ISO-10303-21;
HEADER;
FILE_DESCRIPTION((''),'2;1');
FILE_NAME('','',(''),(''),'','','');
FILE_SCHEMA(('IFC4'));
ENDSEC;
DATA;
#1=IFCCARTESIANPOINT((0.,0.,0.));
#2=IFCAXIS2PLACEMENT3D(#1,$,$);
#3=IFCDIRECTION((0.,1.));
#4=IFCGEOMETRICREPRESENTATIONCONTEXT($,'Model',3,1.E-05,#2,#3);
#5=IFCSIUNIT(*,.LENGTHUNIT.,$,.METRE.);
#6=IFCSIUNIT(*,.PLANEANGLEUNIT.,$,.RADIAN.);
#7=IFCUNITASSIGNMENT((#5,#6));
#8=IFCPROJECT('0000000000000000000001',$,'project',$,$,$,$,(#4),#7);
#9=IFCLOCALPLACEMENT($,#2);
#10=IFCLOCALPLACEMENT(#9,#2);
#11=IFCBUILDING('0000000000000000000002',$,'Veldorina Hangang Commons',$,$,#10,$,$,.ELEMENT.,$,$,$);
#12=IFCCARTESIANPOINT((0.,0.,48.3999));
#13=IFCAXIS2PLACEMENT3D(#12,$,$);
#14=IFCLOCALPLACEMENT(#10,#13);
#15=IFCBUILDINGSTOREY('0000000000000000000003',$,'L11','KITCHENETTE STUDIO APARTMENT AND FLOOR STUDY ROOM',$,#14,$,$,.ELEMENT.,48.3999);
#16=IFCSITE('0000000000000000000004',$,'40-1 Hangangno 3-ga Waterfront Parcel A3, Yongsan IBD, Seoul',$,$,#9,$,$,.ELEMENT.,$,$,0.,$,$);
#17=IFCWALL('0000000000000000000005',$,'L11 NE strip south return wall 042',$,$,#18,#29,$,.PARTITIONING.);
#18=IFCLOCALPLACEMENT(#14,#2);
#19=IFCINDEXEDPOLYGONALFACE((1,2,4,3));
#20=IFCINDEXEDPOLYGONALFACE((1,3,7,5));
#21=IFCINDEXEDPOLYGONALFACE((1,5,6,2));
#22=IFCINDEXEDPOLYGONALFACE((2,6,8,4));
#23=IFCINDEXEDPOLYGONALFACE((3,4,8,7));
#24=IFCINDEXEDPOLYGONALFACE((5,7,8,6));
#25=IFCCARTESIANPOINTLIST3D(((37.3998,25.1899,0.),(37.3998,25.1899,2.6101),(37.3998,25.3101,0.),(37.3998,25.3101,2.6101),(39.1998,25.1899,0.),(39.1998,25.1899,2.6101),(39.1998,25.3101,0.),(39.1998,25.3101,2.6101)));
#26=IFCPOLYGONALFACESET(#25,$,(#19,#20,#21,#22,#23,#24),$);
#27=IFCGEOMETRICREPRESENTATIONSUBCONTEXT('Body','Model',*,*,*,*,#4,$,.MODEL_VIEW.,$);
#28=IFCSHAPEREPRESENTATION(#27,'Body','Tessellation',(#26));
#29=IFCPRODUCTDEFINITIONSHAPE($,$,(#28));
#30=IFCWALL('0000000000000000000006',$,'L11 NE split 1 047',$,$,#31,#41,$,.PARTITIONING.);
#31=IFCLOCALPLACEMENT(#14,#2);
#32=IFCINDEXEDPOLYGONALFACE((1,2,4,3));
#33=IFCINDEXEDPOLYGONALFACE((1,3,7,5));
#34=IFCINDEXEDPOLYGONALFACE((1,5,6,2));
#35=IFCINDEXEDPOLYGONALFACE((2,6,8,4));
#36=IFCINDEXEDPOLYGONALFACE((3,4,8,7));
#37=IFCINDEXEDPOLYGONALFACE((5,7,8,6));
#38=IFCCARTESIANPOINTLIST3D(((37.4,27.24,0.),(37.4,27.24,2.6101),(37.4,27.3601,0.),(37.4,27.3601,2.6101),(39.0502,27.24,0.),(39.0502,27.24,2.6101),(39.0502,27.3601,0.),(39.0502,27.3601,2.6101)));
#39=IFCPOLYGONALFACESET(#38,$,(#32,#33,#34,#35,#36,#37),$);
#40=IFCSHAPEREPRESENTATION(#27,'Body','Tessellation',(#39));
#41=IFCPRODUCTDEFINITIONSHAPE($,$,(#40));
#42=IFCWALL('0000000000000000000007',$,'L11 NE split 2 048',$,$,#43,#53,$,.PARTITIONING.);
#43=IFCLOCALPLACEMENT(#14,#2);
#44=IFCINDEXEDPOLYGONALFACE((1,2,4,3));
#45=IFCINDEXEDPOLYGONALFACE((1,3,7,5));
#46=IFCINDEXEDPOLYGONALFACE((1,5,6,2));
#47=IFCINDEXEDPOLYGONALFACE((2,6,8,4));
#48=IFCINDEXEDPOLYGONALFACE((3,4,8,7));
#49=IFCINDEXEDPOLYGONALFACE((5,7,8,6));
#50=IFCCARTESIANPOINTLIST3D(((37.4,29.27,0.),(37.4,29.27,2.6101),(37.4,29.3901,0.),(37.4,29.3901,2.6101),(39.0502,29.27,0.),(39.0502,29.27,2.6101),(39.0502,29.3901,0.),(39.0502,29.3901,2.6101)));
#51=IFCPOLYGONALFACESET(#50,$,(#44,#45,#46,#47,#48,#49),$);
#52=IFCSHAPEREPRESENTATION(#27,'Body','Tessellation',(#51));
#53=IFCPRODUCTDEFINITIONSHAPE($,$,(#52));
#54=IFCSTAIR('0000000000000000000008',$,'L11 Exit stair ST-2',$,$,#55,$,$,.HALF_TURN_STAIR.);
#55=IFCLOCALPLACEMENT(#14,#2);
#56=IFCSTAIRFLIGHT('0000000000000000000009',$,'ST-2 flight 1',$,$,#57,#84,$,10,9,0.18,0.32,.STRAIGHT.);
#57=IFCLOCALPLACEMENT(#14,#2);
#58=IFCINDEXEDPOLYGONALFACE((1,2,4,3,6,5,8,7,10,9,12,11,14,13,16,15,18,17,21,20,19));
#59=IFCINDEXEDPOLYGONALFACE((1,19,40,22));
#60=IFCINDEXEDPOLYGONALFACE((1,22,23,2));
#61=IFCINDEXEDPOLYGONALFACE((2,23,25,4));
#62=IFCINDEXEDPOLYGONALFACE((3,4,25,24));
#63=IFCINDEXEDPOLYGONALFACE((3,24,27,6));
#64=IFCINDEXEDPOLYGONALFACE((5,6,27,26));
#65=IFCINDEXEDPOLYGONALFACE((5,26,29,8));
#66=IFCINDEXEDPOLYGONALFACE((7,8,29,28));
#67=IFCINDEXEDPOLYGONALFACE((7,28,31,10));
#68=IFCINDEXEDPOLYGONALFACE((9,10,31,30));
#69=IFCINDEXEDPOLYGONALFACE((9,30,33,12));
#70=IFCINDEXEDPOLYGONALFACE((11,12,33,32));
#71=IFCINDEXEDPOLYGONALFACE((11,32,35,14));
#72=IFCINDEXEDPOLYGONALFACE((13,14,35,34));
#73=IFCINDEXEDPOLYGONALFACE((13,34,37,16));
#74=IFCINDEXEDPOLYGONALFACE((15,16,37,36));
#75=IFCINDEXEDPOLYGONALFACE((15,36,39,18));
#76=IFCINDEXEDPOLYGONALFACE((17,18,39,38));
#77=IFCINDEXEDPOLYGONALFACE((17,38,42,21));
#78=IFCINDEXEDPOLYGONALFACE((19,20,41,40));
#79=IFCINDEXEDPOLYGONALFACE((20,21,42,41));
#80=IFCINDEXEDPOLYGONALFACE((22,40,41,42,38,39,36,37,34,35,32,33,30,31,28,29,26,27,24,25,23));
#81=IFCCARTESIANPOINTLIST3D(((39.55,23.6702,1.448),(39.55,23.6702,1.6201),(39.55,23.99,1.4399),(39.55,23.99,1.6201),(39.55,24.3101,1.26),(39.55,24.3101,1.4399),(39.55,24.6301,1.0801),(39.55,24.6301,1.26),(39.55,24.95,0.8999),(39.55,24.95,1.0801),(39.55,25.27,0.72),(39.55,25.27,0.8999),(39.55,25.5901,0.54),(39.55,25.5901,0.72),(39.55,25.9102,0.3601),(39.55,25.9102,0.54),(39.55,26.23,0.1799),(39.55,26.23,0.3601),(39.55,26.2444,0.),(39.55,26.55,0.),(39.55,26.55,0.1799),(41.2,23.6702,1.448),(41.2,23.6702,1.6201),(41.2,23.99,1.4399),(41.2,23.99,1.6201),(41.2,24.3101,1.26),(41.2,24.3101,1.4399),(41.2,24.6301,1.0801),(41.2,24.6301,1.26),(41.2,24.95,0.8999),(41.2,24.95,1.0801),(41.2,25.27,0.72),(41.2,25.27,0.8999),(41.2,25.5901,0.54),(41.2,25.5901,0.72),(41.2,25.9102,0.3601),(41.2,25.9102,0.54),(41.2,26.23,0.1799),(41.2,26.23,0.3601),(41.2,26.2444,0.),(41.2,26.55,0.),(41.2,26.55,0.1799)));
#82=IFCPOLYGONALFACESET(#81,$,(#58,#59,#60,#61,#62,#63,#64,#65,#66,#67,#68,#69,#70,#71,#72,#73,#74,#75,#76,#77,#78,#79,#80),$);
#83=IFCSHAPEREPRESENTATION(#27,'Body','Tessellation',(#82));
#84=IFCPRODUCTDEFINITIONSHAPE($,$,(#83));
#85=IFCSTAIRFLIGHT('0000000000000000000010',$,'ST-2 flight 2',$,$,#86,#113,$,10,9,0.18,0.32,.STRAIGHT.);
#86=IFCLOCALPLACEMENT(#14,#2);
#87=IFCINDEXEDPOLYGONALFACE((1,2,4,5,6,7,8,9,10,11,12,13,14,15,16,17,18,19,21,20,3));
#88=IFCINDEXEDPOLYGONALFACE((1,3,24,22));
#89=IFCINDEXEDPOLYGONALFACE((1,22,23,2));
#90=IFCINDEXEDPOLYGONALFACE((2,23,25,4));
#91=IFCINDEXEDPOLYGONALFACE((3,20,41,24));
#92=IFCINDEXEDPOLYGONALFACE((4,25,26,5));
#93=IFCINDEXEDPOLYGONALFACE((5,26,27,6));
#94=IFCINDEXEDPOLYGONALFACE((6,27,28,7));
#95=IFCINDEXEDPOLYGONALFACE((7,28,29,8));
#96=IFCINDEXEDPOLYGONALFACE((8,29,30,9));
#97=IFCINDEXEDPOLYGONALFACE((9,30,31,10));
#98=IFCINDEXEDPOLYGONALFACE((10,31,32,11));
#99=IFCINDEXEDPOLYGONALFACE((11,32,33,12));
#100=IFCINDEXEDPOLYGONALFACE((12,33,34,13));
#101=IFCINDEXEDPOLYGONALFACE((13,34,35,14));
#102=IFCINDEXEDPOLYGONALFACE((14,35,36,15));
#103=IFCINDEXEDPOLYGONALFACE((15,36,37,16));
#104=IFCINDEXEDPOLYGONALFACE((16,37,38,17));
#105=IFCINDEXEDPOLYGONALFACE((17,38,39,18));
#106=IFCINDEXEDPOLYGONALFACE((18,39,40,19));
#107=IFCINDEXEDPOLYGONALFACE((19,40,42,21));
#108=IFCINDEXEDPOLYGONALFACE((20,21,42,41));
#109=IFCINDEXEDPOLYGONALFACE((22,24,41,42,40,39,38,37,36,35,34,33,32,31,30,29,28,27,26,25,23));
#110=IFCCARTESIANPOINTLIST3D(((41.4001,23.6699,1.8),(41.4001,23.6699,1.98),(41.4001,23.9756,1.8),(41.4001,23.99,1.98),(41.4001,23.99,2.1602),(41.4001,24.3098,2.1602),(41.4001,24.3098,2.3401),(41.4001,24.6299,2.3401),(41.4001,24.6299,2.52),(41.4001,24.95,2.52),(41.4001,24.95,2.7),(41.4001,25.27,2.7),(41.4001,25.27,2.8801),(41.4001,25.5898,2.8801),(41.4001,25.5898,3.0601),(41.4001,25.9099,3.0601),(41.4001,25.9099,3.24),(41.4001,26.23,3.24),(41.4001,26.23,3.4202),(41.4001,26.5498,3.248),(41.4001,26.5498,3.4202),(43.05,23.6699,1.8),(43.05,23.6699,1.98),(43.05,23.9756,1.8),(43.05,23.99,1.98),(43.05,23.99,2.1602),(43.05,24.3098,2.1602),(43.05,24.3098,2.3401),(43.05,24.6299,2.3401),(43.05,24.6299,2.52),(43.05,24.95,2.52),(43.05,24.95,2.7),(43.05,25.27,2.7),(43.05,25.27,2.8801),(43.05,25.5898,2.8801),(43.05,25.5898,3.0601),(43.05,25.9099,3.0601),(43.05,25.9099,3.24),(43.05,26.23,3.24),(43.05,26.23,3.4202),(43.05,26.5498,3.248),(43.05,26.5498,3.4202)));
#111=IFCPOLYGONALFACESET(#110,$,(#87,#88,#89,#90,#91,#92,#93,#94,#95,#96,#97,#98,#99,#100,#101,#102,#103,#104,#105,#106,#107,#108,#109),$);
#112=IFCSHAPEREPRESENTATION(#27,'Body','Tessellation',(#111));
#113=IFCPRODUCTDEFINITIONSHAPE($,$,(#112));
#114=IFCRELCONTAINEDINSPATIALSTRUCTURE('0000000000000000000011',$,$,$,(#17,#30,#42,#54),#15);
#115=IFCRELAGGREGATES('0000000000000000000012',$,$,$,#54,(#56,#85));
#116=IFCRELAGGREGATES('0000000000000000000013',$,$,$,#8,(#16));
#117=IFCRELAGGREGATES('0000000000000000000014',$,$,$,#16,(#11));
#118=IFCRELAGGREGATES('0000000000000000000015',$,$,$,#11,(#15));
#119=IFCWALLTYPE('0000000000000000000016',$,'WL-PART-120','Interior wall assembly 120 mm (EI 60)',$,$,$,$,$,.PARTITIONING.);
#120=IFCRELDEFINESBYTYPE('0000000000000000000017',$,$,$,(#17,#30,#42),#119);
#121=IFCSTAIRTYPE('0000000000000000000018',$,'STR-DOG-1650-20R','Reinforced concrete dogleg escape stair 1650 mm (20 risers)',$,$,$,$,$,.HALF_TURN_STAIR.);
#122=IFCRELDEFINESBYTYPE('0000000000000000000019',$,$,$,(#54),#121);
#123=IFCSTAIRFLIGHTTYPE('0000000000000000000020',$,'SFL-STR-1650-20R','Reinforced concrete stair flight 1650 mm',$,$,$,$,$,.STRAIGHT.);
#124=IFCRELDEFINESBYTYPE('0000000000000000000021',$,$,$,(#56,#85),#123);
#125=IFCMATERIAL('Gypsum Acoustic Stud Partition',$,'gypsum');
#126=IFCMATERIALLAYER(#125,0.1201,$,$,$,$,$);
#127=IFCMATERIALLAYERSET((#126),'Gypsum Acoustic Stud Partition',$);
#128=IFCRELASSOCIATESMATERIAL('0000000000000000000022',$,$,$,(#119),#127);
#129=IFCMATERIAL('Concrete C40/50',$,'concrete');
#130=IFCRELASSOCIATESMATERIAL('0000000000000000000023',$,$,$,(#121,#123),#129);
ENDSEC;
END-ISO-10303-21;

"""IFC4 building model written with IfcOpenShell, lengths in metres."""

from ifc_helpers import new_model, si_unit, direction, frame, frame_2d, origin, place, context, subcontext, project, spatial, polyline, rectangle, outline, extrude, material, layer, layer_set, type_object, element, aggregate, save


model = new_model("IFC4")

# Units and contexts
model_context = context("Model", 3, precision=1e-05, world=origin(), true_north=direction((0.0, 1.0)))
body_context = subcontext(model_context, "Body", "Model", "MODEL_VIEW")
ifc_project = project(units=[si_unit("LENGTHUNIT", "METRE"), si_unit("PLANEANGLEUNIT", "RADIAN")], contexts=[model_context])

# Site, building, storey
site_placement = place(None, origin())
site = spatial("IfcSite", under=ifc_project, at=site_placement, Name="40-1 Hangangno 3-ga Waterfront Parcel A3, Yongsan IBD, Seoul", CompositionType="ELEMENT", RefElevation=0.0)
building_placement = place(site_placement, origin())
building = spatial("IfcBuilding", under=site, at=building_placement, Name="Veldorina Hangang Commons", CompositionType="ELEMENT")
storey_placement = place(building_placement, frame((0.0, 0.0, 48.3999)))
storey = spatial("IfcBuildingStorey", under=building, at=storey_placement, Name="L11", Description="KITCHENETTE STUDIO APARTMENT AND FLOOR STUDY ROOM", CompositionType="ELEMENT", Elevation=48.3999)

# Shared definitions
ifc_material_1 = material(Name="Gypsum Acoustic Stud Partition", Category="gypsum")
ifc_layer_1 = layer(ifc_material_1, 0.1201)
ifc_layer_set_1 = layer_set([ifc_layer_1], Name="Gypsum Acoustic Stud Partition")
wall_type_1 = type_object("IfcWallType", Name="WL-PART-120", Description="Interior wall assembly 120 mm (EI 60)", PredefinedType="PARTITIONING", material=ifc_layer_set_1)

# Walls
wall_1_placement = place(storey_placement, frame((37.3999, 25.25, 0.0), z_axis=(0.0, 0.0, 1.0), x_axis=(1.0, 0.0, 0.0)))
element("IfcWall", 1, at=wall_1_placement, inside=storey, type_object=wall_type_1, Name="L11 NE strip south return wall 042", PredefinedType="PARTITIONING", context=body_context, shape_type="SweptSolid", body=[
    extrude(rectangle(XDim=1.8, YDim=0.1201, at=frame_2d((0.8999, 0.0))), origin(), (0.0, 0.0, 1.0), 2.6101),
])
for number, where, z_axis, x_axis, name in (
    (2, (37.3999, 27.3, 0.0), (0.0, 0.0, 1.0), (1.0, 0.0, 0.0), "L11 NE split 1 047"),
    (3, (37.3999, 29.3301, 0.0), (0.0, 0.0, 1.0), (1.0, 0.0, 0.0), "L11 NE split 2 048"),
):
    element("IfcWall", number, at=place(storey_placement, frame(where, z_axis=z_axis, x_axis=x_axis)), inside=storey, type_object=wall_type_1, Name=name, PredefinedType="PARTITIONING", context=body_context, shape_type="SweptSolid", body=[
        extrude(rectangle(XDim=1.6501, YDim=0.1201, at=frame_2d((0.8252, 0.0))), origin(), (0.0, 0.0, 1.0), 2.6101),
    ])

# Stair, stair flights
ifc_material_2 = material(Name="Concrete C40/50", Category="concrete")
stair_type = type_object("IfcStairType", Name="STR-DOG-1650-20R", Description="Reinforced concrete dogleg escape stair 1650 mm (20 risers)", PredefinedType="HALF_TURN_STAIR", material=ifc_material_2)
stair_placement = place(storey_placement, origin())
stair = element("IfcStair", 4, at=stair_placement, inside=storey, type_object=stair_type, Name="L11 Exit stair ST-2", PredefinedType="HALF_TURN_STAIR")
stair_flight_type = type_object("IfcStairFlightType", Name="SFL-STR-1650-20R", Description="Reinforced concrete stair flight 1650 mm", PredefinedType="STRAIGHT", material=ifc_material_2)
stair_flight_1_placement = place(storey_placement, frame((40.375, 26.55, 0.0), z_axis=(0.0, 0.0, 1.0), x_axis=(0.0, -1.0, 0.0)))
stair_flight_1 = element("IfcStairFlight", 5, at=stair_flight_1_placement, type_object=stair_flight_type, Name="ST-2 flight 1", NumberOfRisers=10, NumberOfTreads=9, PredefinedType="STRAIGHT", RiserHeight=0.18, TreadLength=0.32, context=body_context, shape_type="SweptSolid", body=[
    extrude(outline(polyline([(0.0, 0.0), (0.0, 0.1799), (0.3201, 0.1799), (0.3201, 0.3601), (0.6399, 0.3601), (0.6399, 0.54), (0.96, 0.54), (0.96, 0.72), (1.28, 0.72), (1.28, 0.8999), (1.6001, 0.8999), (1.6001, 1.0801), (1.9199, 1.0801), (1.9199, 1.26), (2.24, 1.26), (2.24, 1.4399), (2.5601, 1.4399), (2.5601, 1.6201), (2.8799, 1.6201), (2.8799, 1.8), (2.8799, 1.448), (0.3057, 0.0), (0.0, 0.0)])), frame((0.0, 0.825, 0.0), z_axis=(0.0, -1.0, 0.0), x_axis=(1.0, 0.0, 0.0)), (0.0, 0.0, 1.0), 1.6499),
])
stair_flight_2_placement = place(storey_placement, frame((42.2251, 23.6699, 1.8), z_axis=(0.0, 0.0, 1.0), x_axis=(0.0, 1.0, 0.0)))
stair_flight_2 = element("IfcStairFlight", 6, at=stair_flight_2_placement, type_object=stair_flight_type, Name="ST-2 flight 2", NumberOfRisers=10, NumberOfTreads=9, PredefinedType="STRAIGHT", RiserHeight=0.18, TreadLength=0.32, context=body_context, shape_type="SweptSolid", body=[
    extrude(outline(polyline([(0.0, 0.0), (0.0, 0.1799), (0.3201, 0.1799), (0.3201, 0.3601), (0.6399, 0.3601), (0.6399, 0.54), (0.96, 0.54), (0.96, 0.72), (1.28, 0.72), (1.28, 0.8999), (1.6001, 0.8999), (1.6001, 1.0801), (1.9199, 1.0801), (1.9199, 1.26), (2.24, 1.26), (2.24, 1.4399), (2.5601, 1.4399), (2.5601, 1.6201), (2.8799, 1.6201), (2.8799, 1.8), (2.8799, 1.448), (0.3057, 0.0), (0.0, 0.0)])), frame((0.0, 0.825, 0.0), z_axis=(0.0, -1.0, 0.0), x_axis=(1.0, 0.0, 0.0)), (0.0, 0.0, 1.0), 1.6499),
])
aggregate(stair, [stair_flight_1, stair_flight_2])

save(model, "model.ifc")
